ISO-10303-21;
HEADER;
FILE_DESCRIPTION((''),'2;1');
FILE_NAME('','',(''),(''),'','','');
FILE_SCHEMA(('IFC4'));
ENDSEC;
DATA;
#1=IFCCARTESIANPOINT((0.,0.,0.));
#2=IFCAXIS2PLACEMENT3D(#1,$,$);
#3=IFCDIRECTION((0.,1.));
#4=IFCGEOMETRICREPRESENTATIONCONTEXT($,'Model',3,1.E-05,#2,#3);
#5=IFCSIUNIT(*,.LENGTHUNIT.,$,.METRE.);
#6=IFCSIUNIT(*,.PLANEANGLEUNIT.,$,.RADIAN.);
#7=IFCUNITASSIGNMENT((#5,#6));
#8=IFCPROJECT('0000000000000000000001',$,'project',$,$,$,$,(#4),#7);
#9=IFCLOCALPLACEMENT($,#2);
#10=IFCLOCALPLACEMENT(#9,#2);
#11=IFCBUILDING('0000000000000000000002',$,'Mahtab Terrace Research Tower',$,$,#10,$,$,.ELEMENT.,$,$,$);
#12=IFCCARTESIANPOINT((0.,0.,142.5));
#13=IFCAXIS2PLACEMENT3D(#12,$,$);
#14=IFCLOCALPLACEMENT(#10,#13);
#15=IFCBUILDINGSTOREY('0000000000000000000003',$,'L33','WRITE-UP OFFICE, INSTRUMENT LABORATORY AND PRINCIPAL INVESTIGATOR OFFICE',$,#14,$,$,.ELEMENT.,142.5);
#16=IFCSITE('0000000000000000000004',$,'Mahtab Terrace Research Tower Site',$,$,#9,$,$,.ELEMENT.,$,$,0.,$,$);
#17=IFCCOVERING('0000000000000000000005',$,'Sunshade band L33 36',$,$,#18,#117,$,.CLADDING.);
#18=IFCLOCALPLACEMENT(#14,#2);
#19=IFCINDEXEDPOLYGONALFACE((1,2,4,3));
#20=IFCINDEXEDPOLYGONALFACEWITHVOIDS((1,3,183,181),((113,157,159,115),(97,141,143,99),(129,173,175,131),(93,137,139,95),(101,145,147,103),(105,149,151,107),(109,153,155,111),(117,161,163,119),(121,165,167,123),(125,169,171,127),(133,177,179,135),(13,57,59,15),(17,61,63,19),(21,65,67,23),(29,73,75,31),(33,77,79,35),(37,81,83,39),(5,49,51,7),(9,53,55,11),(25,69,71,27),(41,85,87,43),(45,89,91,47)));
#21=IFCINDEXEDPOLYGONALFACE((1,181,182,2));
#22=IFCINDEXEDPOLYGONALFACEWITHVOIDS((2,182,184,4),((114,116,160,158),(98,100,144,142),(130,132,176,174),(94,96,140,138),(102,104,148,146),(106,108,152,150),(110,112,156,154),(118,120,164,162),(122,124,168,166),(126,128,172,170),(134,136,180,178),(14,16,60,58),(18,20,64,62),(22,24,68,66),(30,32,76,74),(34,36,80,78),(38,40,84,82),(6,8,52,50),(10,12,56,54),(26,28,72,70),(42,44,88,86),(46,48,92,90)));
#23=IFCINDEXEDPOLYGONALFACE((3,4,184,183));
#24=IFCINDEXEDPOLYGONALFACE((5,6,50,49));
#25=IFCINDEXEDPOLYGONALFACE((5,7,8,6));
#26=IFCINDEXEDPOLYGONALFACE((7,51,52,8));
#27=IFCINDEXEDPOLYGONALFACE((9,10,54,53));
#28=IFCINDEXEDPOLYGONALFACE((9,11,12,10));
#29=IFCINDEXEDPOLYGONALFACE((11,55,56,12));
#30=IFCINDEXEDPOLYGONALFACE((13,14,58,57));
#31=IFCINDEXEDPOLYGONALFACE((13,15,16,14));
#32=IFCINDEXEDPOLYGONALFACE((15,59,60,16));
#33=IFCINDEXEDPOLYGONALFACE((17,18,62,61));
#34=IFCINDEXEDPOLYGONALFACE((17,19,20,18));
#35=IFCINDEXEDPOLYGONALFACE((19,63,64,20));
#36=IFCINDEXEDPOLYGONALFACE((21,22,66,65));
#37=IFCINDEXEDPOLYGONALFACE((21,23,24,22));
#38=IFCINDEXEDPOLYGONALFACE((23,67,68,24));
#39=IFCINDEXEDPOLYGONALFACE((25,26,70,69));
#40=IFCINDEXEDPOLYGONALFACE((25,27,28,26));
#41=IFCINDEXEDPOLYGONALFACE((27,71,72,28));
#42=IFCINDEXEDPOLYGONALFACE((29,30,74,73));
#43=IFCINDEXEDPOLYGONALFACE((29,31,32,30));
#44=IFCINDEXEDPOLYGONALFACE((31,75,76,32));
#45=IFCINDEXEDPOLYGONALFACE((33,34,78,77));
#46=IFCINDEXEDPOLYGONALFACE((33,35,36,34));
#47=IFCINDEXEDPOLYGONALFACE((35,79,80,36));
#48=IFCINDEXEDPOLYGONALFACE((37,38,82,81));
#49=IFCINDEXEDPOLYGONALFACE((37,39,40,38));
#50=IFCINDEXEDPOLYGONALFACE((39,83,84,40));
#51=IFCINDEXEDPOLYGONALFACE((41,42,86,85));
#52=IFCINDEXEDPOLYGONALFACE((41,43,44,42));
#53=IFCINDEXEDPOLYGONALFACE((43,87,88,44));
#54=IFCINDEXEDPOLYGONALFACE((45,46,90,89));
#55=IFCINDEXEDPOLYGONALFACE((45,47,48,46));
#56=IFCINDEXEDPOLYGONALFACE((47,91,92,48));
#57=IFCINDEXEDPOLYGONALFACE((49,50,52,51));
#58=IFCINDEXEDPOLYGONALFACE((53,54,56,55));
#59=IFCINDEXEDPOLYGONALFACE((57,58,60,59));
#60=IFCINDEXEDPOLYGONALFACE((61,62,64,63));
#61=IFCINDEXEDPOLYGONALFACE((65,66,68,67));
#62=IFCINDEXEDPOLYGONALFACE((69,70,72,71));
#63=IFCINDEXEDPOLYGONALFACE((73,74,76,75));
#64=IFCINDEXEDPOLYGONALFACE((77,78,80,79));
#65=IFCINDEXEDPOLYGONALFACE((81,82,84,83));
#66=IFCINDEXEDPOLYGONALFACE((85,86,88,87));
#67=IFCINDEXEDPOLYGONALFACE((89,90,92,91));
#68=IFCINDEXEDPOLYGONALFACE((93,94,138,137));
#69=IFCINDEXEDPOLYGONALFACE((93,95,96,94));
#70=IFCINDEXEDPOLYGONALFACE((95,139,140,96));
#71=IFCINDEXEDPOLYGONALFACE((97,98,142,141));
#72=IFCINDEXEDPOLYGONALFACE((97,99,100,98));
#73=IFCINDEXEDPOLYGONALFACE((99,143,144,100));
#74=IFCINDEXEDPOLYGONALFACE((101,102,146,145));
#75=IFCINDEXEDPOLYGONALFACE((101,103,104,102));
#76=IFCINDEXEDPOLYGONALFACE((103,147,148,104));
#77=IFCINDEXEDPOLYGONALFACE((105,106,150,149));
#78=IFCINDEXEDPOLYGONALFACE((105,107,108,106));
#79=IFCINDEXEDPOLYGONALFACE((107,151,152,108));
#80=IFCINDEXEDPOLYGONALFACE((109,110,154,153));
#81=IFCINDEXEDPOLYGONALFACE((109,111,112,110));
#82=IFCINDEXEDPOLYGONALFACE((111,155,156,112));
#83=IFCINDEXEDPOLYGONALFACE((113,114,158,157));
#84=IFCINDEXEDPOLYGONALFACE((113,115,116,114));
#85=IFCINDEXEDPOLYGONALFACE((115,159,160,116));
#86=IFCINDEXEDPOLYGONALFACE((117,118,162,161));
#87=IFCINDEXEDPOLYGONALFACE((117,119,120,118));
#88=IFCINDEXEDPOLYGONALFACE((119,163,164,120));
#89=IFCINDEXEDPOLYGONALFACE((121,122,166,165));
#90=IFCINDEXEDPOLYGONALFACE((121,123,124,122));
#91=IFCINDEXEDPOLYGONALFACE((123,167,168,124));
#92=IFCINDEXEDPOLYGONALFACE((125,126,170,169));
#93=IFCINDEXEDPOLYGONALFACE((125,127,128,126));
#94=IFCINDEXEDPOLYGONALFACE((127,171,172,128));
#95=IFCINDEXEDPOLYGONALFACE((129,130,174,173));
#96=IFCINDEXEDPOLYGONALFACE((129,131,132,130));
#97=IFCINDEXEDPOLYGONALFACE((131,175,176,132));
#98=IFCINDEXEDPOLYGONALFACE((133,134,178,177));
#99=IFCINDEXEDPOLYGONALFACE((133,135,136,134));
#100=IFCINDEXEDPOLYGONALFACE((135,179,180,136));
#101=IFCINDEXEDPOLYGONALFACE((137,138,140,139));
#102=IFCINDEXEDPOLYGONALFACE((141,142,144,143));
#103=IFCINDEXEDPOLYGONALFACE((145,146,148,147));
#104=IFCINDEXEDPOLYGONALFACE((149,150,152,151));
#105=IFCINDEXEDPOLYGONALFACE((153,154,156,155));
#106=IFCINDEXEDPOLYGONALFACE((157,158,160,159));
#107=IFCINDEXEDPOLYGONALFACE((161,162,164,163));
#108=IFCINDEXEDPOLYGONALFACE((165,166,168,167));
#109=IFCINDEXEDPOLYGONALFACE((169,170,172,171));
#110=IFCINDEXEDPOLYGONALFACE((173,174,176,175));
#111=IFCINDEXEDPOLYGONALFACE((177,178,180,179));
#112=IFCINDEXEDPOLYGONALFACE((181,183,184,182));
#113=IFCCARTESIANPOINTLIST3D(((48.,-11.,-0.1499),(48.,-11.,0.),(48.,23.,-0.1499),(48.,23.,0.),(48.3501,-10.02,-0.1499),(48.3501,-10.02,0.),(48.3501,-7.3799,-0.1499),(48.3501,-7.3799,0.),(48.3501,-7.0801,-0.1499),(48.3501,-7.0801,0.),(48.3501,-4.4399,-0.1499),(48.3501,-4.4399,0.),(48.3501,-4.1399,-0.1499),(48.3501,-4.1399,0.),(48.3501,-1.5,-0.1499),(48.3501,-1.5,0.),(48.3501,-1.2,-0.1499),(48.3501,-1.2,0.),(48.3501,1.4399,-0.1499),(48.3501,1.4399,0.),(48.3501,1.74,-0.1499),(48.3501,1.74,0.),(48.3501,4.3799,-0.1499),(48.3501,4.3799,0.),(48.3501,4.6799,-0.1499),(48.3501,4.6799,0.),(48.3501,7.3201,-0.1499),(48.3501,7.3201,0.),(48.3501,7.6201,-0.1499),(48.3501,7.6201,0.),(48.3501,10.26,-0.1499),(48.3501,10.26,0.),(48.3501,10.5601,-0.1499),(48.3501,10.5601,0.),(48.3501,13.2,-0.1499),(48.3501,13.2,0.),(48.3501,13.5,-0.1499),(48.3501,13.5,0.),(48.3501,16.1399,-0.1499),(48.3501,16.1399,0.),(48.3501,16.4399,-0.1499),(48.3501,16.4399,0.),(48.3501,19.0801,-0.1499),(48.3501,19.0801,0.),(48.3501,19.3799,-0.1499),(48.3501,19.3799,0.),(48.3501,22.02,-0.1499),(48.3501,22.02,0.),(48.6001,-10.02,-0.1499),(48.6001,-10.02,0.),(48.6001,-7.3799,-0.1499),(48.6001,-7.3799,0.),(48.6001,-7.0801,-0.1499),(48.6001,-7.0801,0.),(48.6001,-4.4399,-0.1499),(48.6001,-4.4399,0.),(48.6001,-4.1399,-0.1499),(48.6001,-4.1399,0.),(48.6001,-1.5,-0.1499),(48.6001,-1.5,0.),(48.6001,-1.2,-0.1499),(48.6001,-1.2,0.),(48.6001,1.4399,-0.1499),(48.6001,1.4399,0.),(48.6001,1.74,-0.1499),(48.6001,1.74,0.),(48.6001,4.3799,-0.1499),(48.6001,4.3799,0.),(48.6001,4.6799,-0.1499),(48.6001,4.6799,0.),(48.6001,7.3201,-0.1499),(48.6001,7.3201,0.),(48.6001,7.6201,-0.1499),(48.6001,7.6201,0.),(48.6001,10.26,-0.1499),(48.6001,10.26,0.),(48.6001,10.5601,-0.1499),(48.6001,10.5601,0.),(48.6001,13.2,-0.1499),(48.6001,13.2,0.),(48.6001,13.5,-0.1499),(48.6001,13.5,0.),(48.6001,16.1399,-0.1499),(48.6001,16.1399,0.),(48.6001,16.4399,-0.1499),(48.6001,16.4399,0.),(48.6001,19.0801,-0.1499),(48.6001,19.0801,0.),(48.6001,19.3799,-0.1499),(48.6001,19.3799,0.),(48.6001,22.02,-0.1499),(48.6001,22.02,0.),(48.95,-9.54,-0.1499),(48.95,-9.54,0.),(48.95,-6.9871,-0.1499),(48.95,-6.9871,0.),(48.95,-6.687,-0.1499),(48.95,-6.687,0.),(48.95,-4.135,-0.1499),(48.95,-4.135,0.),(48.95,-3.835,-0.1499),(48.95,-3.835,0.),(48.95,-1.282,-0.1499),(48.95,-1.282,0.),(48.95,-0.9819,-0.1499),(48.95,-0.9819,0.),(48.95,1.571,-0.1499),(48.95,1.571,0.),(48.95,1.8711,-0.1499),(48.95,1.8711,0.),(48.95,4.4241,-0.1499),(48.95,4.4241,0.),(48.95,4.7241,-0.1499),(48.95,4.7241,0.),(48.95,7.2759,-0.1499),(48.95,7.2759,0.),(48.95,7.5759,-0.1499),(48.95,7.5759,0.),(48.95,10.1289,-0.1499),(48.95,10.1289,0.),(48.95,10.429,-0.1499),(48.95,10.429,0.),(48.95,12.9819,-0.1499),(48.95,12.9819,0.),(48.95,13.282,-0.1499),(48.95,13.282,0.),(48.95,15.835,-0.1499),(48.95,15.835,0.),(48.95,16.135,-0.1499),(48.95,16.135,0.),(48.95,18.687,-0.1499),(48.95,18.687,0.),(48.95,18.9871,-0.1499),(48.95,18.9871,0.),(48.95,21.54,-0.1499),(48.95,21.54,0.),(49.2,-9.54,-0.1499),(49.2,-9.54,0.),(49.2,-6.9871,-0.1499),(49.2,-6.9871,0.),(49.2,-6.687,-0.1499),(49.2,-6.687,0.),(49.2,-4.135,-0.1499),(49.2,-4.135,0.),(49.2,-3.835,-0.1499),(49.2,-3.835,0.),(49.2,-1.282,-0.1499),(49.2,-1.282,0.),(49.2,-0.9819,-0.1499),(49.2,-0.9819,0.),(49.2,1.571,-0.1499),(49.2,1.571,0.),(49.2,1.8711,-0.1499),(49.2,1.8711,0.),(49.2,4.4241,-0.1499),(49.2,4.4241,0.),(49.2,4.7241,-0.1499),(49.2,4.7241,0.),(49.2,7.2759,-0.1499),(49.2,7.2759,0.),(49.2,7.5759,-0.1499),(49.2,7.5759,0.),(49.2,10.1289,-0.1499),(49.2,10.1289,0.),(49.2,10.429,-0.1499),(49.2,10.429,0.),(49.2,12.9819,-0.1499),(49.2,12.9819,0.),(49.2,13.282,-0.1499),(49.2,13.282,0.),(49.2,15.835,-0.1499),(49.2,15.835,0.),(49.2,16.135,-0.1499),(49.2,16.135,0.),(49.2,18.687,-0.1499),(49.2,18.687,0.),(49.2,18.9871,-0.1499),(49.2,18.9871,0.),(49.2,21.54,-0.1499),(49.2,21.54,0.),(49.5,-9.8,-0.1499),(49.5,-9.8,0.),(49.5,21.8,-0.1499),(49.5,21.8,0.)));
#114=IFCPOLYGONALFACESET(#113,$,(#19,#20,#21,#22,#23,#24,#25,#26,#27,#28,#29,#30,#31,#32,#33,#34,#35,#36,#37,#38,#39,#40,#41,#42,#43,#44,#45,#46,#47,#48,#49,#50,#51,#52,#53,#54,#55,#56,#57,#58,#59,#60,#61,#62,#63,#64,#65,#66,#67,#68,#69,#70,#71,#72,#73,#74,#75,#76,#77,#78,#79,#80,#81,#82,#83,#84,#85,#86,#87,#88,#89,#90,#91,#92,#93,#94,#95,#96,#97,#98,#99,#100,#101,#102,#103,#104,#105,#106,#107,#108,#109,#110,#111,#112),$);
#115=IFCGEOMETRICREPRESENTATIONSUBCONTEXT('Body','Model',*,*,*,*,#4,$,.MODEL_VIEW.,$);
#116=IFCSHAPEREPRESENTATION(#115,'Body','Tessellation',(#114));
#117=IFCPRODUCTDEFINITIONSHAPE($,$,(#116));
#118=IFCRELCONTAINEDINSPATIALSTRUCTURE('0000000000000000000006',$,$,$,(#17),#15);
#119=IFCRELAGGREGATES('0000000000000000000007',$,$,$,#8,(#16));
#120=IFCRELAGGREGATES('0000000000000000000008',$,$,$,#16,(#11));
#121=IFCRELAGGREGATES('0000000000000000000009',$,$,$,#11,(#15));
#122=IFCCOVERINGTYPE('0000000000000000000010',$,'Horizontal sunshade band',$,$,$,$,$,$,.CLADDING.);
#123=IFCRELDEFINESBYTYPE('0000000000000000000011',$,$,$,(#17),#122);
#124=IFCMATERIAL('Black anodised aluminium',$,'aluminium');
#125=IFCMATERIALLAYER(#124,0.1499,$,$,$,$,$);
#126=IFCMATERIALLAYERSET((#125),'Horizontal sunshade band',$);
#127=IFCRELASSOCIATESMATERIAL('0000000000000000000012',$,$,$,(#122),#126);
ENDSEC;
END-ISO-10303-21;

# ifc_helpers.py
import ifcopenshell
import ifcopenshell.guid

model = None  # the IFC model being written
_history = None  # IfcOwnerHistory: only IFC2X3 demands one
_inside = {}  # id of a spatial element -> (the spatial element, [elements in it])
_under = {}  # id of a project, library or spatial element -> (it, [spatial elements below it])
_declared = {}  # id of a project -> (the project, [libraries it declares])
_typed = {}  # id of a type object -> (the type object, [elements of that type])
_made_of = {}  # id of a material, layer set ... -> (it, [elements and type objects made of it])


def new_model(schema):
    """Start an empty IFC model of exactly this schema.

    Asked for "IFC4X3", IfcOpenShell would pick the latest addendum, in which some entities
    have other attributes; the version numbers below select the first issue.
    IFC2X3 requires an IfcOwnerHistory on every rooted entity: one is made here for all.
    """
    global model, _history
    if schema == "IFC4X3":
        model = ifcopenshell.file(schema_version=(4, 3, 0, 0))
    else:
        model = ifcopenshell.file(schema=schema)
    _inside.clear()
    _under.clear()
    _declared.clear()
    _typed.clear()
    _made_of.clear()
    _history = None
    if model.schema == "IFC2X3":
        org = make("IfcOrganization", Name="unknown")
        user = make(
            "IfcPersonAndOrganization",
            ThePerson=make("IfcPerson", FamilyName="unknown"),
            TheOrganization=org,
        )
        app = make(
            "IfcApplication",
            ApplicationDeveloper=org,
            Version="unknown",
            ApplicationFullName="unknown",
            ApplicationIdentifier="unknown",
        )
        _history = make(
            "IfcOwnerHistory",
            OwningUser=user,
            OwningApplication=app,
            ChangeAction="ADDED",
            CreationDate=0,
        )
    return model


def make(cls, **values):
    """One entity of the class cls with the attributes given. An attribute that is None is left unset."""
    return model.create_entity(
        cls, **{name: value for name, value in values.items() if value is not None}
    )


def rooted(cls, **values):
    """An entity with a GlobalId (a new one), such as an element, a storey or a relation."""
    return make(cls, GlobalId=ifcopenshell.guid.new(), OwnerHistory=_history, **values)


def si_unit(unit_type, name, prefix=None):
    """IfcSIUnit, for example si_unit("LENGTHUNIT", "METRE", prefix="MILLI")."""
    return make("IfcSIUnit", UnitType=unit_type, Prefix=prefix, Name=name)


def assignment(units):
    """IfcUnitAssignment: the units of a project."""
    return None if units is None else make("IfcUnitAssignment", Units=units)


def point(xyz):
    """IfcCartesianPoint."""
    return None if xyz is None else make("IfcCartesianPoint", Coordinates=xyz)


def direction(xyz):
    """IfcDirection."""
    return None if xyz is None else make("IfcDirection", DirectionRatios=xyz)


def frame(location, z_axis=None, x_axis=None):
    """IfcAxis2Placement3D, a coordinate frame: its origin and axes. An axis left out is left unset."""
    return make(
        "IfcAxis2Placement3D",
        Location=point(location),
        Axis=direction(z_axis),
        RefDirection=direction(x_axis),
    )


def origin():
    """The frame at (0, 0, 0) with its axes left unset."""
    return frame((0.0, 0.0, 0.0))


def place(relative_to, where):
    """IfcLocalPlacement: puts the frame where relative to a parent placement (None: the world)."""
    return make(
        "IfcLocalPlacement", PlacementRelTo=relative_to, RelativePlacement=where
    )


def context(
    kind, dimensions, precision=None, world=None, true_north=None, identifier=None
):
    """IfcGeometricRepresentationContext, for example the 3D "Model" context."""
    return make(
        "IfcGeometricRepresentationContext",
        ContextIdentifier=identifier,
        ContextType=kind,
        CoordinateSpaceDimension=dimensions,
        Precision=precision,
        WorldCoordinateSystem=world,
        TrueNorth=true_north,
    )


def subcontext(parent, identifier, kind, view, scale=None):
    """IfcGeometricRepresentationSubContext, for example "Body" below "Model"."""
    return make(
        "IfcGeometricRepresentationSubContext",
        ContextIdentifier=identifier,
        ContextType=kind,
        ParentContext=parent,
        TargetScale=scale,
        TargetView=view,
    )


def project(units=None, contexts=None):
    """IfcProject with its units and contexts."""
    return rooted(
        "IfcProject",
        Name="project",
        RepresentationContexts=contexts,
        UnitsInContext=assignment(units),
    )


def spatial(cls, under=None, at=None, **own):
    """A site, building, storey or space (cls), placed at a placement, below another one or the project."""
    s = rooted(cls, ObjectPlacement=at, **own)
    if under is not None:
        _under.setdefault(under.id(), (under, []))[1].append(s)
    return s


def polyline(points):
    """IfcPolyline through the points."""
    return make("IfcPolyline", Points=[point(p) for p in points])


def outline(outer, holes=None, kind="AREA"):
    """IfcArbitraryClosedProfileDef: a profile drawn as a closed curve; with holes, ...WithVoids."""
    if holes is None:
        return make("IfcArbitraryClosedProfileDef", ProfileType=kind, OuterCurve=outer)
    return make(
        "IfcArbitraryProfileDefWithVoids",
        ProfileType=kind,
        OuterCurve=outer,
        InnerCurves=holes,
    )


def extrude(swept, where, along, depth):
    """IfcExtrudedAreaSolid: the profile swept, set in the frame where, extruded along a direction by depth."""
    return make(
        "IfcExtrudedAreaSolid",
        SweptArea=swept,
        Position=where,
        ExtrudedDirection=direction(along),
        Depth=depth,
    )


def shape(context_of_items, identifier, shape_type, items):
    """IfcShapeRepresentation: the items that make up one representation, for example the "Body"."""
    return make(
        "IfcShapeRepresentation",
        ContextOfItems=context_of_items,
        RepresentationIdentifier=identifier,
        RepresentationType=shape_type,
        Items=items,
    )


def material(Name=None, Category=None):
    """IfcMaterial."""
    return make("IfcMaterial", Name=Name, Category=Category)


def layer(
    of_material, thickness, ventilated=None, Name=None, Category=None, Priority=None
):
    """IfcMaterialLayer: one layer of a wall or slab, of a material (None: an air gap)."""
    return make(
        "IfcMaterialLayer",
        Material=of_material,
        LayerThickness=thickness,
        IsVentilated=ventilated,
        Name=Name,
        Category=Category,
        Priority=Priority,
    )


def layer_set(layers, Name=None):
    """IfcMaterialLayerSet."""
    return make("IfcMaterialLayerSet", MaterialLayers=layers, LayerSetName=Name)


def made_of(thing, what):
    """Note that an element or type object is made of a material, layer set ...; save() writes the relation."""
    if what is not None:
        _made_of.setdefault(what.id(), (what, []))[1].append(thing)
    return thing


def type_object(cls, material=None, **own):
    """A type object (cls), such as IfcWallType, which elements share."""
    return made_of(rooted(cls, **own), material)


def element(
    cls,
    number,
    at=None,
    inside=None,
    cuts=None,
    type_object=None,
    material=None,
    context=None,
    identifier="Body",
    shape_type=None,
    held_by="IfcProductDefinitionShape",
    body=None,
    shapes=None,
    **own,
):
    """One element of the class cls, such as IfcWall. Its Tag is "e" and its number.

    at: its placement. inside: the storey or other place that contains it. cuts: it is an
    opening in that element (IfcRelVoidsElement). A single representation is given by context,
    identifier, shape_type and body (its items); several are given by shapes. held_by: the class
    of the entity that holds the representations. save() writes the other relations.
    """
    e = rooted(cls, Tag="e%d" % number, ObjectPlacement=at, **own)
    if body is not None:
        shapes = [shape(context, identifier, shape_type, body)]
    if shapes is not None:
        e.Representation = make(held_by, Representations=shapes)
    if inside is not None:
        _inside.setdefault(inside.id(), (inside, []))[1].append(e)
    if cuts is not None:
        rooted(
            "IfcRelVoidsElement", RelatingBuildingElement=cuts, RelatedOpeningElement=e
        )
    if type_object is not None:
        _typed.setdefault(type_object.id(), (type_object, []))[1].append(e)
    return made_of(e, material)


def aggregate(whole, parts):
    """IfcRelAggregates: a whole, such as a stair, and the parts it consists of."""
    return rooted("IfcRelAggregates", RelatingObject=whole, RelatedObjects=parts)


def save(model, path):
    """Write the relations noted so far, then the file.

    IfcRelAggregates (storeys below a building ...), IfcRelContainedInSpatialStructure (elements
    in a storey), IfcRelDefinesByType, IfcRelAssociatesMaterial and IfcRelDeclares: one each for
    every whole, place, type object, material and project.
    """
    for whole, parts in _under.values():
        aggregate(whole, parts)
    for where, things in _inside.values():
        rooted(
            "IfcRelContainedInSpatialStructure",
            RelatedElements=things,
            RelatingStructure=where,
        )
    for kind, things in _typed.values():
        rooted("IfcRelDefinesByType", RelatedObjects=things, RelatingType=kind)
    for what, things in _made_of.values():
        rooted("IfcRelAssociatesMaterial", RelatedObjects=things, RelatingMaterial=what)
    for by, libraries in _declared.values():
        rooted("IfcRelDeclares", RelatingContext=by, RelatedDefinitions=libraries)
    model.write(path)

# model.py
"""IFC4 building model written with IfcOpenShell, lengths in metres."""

from ifc_helpers import new_model, si_unit, direction, frame, origin, place, context, subcontext, project, spatial, polyline, outline, extrude, material, layer, layer_set, type_object, element, save


model = new_model("IFC4")

# Units and contexts
model_context = context("Model", 3, precision=1e-05, world=origin(), true_north=direction((0.0, 1.0)))
body_context = subcontext(model_context, "Body", "Model", "MODEL_VIEW")
ifc_project = project(units=[si_unit("LENGTHUNIT", "METRE"), si_unit("PLANEANGLEUNIT", "RADIAN")], contexts=[model_context])

# Site, building, storey
site_placement = place(None, origin())
site = spatial("IfcSite", under=ifc_project, at=site_placement, Name="Mahtab Terrace Research Tower Site", CompositionType="ELEMENT", RefElevation=0.0)
building_placement = place(site_placement, origin())
building = spatial("IfcBuilding", under=site, at=building_placement, Name="Mahtab Terrace Research Tower", CompositionType="ELEMENT")
storey_placement = place(building_placement, frame((0.0, 0.0, 142.5)))
storey = spatial("IfcBuildingStorey", under=building, at=storey_placement, Name="L33", Description="WRITE-UP OFFICE, INSTRUMENT LABORATORY AND PRINCIPAL INVESTIGATOR OFFICE", CompositionType="ELEMENT", Elevation=142.5)

# Covering
ifc_material_1 = material(Name="Black anodised aluminium", Category="aluminium")
ifc_layer_1 = layer(ifc_material_1, 0.1499)
ifc_layer_set_1 = layer_set([ifc_layer_1], Name="Horizontal sunshade band")
covering_type = type_object("IfcCoveringType", Name="Horizontal sunshade band", PredefinedType="CLADDING", material=ifc_layer_set_1)
covering_1_placement = place(storey_placement, frame((0.0, 0.0, -0.1499)))
element("IfcCovering", 1, at=covering_1_placement, inside=storey, type_object=covering_type, Name="Sunshade band L33 36", PredefinedType="CLADDING", context=body_context, shape_type="SweptSolid", body=[
    extrude(outline(polyline([(48.0, -11.0), (48.0, 23.0), (49.5, 21.8), (49.5, -9.8), (48.0, -11.0)]), holes=[polyline([(48.3501, -10.02), (48.3501, -7.3799), (48.6001, -7.3799), (48.6001, -10.02), (48.3501, -10.02)]), polyline([(48.3501, -7.0801), (48.3501, -4.4399), (48.6001, -4.4399), (48.6001, -7.0801), (48.3501, -7.0801)]), polyline([(48.3501, -4.1399), (48.3501, -1.5), (48.6001, -1.5), (48.6001, -4.1399), (48.3501, -4.1399)]), polyline([(48.3501, -1.2), (48.3501, 1.4399), (48.6001, 1.4399), (48.6001, -1.2), (48.3501, -1.2)]), polyline([(48.3501, 1.74), (48.3501, 4.3799), (48.6001, 4.3799), (48.6001, 1.74), (48.3501, 1.74)]), polyline([(48.3501, 4.6799), (48.3501, 7.3201), (48.6001, 7.3201), (48.6001, 4.6799), (48.3501, 4.6799)]), polyline([(48.3501, 7.6201), (48.3501, 10.26), (48.6001, 10.26), (48.6001, 7.6201), (48.3501, 7.6201)]), polyline([(48.3501, 10.5601), (48.3501, 13.2), (48.6001, 13.2), (48.6001, 10.5601), (48.3501, 10.5601)]), polyline([(48.3501, 13.5), (48.3501, 16.1399), (48.6001, 16.1399), (48.6001, 13.5), (48.3501, 13.5)]), polyline([(48.3501, 16.4399), (48.3501, 19.0801), (48.6001, 19.0801), (48.6001, 16.4399), (48.3501, 16.4399)]), polyline([(48.3501, 19.3799), (48.3501, 22.02), (48.6001, 22.02), (48.6001, 19.3799), (48.3501, 19.3799)]), polyline([(48.95, -9.54), (48.95, -6.9871), (49.2, -6.9871), (49.2, -9.54), (48.95, -9.54)]), polyline([(48.95, -6.687), (48.95, -4.135), (49.2, -4.135), (49.2, -6.687), (48.95, -6.687)]), polyline([(48.95, -3.835), (48.95, -1.282), (49.2, -1.282), (49.2, -3.835), (48.95, -3.835)]), polyline([(48.95, -0.9819), (48.95, 1.571), (49.2, 1.571), (49.2, -0.9819), (48.95, -0.9819)]), polyline([(48.95, 1.8711), (48.95, 4.4241), (49.2, 4.4241), (49.2, 1.8711), (48.95, 1.8711)]), polyline([(48.95, 4.7241), (48.95, 7.2759), (49.2, 7.2759), (49.2, 4.7241), (48.95, 4.7241)]), polyline([(48.95, 7.5759), (48.95, 10.1289), (49.2, 10.1289), (49.2, 7.5759), (48.95, 7.5759)]), polyline([(48.95, 10.429), (48.95, 12.9819), (49.2, 12.9819), (49.2, 10.429), (48.95, 10.429)]), polyline([(48.95, 13.282), (48.95, 15.835), (49.2, 15.835), (49.2, 13.282), (48.95, 13.282)]), polyline([(48.95, 16.135), (48.95, 18.687), (49.2, 18.687), (49.2, 16.135), (48.95, 16.135)]), polyline([(48.95, 18.9871), (48.95, 21.54), (49.2, 21.54), (49.2, 18.9871), (48.95, 18.9871)])]), origin(), (0.0, 0.0, 1.0), 0.1499),
])

save(model, "model.ifc")
